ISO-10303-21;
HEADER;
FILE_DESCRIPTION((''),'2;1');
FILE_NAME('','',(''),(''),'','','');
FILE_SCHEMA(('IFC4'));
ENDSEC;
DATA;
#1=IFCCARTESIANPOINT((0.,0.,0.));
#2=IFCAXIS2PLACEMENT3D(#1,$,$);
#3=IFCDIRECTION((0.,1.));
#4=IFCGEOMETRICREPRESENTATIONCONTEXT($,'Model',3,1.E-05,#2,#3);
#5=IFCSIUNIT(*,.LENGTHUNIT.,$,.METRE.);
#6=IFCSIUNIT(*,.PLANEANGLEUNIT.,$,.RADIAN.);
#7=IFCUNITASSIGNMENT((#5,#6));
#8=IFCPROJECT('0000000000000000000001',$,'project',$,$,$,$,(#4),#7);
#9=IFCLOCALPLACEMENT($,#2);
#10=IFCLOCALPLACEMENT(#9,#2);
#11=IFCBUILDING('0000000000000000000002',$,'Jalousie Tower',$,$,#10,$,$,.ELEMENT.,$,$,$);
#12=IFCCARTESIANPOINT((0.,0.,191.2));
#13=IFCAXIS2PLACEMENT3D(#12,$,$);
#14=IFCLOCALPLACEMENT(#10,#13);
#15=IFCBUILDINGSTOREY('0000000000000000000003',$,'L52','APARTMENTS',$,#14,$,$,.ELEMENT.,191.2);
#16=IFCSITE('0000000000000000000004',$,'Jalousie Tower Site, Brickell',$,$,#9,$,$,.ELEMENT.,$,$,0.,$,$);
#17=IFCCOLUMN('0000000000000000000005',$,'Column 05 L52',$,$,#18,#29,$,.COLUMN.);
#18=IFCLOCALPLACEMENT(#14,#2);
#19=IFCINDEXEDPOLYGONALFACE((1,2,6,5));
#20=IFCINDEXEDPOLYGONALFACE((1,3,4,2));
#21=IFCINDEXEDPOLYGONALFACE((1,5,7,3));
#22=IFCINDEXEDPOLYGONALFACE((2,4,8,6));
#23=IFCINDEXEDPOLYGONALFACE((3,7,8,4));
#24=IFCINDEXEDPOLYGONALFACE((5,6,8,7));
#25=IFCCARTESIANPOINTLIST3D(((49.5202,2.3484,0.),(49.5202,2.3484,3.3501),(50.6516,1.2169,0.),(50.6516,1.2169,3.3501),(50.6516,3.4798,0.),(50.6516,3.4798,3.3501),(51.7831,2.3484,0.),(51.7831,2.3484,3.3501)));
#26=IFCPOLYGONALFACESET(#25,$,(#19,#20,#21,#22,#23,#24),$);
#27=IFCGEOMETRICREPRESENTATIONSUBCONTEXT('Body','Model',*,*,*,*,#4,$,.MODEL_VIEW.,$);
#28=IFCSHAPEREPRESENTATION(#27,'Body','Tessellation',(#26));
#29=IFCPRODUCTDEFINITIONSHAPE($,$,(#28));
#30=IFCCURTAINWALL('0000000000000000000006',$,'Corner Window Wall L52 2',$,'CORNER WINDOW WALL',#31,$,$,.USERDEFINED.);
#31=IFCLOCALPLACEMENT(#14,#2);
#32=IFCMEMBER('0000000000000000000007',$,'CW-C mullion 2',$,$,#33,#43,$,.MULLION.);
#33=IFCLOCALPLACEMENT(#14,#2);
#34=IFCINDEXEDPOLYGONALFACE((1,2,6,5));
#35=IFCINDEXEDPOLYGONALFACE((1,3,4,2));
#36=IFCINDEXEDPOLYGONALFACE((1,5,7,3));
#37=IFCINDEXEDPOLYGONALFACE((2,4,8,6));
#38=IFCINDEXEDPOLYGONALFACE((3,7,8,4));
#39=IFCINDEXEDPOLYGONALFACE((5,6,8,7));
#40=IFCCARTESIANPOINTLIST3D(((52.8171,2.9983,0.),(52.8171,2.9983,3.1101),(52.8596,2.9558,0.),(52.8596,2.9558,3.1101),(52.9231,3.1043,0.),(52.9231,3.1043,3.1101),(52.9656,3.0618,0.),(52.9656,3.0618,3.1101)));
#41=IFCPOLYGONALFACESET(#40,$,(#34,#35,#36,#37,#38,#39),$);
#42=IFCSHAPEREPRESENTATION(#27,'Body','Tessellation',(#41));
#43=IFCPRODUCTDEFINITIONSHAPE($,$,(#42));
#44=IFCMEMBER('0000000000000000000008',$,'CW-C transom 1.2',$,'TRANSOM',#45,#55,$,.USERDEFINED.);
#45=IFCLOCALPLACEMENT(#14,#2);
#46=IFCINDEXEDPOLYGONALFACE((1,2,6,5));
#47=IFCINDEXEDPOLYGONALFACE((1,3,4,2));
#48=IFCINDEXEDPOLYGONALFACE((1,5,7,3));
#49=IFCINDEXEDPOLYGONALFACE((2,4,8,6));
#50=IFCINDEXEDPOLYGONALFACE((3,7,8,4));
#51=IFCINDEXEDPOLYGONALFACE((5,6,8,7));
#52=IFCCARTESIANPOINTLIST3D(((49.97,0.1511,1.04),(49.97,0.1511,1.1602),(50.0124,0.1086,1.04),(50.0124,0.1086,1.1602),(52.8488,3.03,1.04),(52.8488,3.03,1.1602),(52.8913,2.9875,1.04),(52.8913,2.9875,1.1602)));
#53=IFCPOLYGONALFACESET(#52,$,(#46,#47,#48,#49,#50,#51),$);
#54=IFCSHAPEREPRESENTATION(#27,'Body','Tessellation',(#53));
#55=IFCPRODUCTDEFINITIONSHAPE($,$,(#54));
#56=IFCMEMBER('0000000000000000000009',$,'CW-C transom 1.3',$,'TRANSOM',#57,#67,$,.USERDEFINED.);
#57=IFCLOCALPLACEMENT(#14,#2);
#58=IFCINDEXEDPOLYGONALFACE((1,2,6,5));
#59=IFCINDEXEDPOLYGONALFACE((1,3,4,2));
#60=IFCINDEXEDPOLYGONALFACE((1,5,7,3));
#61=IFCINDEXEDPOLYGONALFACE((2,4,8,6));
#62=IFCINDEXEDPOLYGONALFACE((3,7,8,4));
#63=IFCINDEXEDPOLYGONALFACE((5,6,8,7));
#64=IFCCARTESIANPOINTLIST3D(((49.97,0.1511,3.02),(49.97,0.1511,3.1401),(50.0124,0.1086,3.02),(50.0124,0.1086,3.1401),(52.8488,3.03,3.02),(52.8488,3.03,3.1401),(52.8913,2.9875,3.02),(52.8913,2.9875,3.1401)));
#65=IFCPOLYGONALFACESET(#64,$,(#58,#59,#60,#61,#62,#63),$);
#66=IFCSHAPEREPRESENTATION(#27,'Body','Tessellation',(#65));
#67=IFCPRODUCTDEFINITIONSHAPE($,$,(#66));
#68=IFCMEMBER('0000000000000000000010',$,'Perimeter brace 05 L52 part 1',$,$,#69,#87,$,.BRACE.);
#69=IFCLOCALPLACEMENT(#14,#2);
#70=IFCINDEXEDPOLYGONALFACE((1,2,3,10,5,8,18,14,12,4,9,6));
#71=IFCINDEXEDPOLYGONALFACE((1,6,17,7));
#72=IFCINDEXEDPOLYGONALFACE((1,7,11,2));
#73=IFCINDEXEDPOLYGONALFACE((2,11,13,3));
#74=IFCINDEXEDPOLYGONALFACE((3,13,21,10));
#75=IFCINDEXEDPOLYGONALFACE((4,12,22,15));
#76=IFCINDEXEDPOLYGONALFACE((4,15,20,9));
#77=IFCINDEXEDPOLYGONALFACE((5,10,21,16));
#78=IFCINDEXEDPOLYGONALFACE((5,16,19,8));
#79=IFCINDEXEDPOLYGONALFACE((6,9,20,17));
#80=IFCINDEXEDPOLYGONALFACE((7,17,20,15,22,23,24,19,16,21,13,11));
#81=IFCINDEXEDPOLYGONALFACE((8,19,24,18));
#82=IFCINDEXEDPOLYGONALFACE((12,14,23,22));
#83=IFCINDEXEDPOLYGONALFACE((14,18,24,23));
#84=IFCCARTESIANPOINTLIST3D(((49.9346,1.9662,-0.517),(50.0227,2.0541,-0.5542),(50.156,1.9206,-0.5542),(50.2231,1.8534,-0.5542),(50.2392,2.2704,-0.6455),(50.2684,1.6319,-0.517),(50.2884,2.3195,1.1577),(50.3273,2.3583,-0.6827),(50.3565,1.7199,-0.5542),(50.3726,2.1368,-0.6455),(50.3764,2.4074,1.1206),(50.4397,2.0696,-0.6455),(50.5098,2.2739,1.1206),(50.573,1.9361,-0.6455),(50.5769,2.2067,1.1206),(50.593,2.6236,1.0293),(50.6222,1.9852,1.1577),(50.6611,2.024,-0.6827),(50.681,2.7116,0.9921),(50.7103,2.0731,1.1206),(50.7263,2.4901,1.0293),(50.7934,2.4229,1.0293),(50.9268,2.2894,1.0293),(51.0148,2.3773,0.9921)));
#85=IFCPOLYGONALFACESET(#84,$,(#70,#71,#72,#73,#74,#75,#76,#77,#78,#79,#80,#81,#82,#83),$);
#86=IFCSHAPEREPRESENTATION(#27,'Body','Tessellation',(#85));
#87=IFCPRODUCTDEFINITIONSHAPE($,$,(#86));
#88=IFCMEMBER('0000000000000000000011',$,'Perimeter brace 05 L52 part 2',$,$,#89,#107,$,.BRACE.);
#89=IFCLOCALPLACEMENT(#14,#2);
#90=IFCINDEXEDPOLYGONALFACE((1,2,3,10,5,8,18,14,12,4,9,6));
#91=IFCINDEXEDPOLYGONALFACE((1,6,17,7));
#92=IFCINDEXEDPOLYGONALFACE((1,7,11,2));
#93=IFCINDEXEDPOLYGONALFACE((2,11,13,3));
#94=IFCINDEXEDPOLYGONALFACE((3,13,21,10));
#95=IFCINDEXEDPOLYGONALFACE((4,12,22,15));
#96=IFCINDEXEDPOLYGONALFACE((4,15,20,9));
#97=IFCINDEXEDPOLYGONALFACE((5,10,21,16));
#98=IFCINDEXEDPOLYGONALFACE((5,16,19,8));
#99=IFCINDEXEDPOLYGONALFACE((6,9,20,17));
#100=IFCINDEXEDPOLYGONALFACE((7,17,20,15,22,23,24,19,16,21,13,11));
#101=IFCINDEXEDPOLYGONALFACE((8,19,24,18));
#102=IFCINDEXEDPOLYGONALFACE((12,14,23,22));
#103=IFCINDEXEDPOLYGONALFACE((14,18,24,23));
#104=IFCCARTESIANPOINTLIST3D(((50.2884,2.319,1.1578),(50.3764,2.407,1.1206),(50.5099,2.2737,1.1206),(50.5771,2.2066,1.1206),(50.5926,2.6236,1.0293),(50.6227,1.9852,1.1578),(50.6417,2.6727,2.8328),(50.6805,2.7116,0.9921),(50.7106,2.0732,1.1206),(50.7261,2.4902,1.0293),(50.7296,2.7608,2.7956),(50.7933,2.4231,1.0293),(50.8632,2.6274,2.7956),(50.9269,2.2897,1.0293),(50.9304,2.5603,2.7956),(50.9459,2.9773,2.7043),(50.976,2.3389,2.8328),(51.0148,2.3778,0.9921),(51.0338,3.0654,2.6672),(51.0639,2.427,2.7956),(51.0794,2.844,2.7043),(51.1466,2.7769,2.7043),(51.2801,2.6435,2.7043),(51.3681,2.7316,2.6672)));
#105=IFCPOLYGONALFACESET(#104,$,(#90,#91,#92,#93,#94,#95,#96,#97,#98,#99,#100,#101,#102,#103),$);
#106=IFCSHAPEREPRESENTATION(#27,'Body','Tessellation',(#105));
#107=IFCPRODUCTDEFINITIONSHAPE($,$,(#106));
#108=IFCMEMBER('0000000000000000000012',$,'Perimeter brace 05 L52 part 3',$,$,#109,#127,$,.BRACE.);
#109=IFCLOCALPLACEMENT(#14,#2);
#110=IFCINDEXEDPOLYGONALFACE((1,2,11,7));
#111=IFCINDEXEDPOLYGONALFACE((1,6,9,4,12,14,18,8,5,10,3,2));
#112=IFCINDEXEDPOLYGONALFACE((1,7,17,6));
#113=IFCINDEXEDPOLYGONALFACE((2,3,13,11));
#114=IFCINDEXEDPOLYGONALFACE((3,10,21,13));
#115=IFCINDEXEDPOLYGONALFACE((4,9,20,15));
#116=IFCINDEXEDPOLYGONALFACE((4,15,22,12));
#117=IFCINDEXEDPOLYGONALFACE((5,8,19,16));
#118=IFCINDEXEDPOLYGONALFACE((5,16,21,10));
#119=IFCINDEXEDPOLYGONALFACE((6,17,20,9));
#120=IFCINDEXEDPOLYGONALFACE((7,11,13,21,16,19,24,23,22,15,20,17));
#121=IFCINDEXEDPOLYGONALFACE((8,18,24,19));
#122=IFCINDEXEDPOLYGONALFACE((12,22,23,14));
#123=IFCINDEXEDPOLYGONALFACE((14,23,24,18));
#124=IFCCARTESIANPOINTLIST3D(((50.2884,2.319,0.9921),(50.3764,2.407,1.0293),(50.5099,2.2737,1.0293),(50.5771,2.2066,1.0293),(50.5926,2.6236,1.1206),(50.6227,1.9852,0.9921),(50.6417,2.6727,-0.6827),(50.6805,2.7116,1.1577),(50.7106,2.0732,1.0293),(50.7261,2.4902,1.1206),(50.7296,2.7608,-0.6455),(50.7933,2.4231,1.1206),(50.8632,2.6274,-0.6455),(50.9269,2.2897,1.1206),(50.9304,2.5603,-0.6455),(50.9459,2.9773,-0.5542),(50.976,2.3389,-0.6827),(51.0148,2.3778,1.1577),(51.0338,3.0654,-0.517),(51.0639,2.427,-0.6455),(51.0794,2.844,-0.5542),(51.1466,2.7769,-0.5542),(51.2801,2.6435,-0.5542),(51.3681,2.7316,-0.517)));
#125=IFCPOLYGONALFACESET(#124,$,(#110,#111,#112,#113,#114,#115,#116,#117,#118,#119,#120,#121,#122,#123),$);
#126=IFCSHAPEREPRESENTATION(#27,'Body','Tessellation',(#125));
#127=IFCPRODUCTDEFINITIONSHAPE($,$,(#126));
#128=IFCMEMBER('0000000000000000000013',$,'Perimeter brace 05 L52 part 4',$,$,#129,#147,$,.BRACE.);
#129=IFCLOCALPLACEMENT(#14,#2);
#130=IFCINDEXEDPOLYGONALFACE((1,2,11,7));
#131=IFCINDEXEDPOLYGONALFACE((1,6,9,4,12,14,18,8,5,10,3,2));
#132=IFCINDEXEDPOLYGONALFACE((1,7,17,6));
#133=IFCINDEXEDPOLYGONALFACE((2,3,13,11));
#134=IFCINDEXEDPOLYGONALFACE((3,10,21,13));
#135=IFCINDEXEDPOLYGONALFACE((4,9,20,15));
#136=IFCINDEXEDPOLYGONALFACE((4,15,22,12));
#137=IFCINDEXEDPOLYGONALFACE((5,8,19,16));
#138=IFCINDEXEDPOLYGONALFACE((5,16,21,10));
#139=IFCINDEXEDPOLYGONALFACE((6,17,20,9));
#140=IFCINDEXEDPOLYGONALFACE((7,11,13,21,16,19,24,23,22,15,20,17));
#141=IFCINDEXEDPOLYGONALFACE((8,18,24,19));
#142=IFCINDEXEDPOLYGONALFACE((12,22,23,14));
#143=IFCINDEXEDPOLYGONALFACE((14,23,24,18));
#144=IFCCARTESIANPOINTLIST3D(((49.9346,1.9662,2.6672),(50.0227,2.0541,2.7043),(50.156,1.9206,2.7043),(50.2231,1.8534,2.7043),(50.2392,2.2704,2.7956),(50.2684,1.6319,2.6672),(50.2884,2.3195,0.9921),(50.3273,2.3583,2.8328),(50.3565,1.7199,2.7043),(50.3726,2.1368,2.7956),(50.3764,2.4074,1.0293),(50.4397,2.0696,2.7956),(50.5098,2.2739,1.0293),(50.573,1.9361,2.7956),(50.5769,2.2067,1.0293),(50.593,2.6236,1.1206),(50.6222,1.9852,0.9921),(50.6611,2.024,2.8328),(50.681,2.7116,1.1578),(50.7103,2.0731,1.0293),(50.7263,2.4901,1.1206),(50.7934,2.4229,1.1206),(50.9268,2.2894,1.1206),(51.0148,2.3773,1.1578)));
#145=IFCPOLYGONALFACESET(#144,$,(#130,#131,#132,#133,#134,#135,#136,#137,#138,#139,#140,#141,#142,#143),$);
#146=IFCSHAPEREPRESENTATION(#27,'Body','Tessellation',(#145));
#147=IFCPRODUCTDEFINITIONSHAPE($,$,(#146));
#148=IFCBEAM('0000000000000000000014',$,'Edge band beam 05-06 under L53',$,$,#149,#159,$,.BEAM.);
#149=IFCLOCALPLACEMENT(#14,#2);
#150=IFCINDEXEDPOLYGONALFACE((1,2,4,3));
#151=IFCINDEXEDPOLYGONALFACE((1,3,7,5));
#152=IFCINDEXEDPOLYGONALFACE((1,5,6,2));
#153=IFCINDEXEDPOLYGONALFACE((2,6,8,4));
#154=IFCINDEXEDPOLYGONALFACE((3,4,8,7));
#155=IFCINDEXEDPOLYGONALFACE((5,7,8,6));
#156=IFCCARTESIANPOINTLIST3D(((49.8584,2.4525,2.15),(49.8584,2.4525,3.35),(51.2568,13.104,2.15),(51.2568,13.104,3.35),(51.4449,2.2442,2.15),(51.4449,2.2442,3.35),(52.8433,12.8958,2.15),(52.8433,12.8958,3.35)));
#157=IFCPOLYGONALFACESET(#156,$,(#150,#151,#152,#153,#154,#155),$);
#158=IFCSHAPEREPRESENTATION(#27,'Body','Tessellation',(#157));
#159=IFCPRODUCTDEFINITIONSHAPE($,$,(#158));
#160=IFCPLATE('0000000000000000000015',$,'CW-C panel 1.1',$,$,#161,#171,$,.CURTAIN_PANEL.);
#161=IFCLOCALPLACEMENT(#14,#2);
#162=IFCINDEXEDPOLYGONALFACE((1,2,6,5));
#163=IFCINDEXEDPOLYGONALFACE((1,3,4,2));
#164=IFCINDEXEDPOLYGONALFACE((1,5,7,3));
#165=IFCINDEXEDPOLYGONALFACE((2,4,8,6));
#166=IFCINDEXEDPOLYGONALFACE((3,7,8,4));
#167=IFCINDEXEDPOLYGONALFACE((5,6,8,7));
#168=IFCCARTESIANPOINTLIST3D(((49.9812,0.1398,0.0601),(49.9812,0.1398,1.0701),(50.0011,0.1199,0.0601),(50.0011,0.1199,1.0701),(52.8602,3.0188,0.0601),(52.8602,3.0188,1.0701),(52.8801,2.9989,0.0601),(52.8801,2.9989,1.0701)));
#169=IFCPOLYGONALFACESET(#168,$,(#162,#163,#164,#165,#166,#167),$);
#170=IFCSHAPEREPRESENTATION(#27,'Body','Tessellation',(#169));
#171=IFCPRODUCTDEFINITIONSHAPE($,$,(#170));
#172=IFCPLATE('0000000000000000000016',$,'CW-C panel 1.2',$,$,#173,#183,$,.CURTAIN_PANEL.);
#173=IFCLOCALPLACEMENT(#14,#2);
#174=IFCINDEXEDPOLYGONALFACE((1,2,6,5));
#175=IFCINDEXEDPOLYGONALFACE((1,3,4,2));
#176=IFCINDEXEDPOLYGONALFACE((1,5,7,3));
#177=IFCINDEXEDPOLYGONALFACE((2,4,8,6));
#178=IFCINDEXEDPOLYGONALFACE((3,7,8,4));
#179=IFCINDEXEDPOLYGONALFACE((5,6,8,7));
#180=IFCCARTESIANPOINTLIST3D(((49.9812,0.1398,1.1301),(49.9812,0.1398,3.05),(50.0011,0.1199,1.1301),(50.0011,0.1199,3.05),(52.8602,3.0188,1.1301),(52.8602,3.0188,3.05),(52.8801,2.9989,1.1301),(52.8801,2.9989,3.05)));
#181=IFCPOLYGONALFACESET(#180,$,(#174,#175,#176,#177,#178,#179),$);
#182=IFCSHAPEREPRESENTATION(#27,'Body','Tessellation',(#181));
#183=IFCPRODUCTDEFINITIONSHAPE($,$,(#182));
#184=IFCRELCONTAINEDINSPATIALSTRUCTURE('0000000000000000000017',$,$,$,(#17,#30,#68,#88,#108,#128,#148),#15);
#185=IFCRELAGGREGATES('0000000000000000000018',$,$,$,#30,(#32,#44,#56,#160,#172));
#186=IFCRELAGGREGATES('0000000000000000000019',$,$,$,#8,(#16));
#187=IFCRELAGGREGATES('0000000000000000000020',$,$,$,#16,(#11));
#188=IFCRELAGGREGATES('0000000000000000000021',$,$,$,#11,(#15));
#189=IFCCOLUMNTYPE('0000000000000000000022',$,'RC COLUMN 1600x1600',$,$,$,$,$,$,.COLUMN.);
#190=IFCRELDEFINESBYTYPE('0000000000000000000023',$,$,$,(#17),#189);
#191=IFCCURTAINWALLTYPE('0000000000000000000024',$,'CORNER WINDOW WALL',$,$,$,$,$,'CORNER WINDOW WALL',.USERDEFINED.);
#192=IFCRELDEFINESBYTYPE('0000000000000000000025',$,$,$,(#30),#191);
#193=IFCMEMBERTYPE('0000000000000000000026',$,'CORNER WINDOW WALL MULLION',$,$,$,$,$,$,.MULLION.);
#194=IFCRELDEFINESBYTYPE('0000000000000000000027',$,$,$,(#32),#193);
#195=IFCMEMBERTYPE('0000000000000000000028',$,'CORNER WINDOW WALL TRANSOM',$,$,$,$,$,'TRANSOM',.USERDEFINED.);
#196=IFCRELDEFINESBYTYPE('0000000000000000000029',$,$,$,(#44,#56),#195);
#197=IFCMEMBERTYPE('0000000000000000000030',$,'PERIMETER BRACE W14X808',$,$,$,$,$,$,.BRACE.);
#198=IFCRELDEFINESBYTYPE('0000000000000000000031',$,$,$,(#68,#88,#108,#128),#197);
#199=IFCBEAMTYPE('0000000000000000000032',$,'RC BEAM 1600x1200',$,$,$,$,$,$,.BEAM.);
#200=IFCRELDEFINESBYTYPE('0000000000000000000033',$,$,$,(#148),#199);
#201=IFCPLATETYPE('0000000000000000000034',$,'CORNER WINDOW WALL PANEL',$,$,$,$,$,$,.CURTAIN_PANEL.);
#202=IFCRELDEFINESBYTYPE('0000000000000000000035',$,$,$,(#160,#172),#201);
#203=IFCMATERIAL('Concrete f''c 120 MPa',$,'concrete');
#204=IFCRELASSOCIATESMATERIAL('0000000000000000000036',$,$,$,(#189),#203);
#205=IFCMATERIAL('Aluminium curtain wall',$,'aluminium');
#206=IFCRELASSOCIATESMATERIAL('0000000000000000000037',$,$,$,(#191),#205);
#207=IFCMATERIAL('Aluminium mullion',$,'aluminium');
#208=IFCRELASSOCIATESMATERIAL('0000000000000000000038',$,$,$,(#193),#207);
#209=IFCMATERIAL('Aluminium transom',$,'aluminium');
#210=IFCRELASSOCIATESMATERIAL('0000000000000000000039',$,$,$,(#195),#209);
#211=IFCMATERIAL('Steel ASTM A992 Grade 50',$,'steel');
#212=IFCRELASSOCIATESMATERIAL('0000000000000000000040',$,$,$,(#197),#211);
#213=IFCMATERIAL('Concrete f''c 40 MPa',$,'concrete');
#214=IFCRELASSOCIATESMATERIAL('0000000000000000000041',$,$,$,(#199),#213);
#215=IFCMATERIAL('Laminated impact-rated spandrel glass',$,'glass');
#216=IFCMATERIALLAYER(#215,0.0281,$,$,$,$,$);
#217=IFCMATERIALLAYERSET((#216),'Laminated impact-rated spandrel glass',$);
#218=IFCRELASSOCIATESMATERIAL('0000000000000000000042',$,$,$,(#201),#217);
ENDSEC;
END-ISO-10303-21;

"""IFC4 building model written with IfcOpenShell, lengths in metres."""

from ifc_helpers import new_model, si_unit, direction, frame, origin, origin_2d, place, context, subcontext, project, spatial, rectangle, i_section, extrude, material, layer, layer_set, material_profile, profile_set, type_object, element, aggregate, save


model = new_model("IFC4")

# Units and contexts
model_context = context("Model", 3, precision=1e-05, world=origin(), true_north=direction((0.0, 1.0)))
body_context = subcontext(model_context, "Body", "Model", "MODEL_VIEW")
ifc_project = project(units=[si_unit("LENGTHUNIT", "METRE"), si_unit("PLANEANGLEUNIT", "RADIAN")], contexts=[model_context])

# Site, building, storey
site_placement = place(None, origin())
site = spatial("IfcSite", under=ifc_project, at=site_placement, Name="Jalousie Tower Site, Brickell", CompositionType="ELEMENT", RefElevation=0.0)
building_placement = place(site_placement, origin())
building = spatial("IfcBuilding", under=site, at=building_placement, Name="Jalousie Tower", CompositionType="ELEMENT")
storey_placement = place(building_placement, frame((0.0, 0.0, 191.2)))
storey = spatial("IfcBuildingStorey", under=building, at=storey_placement, Name="L52", Description="APARTMENTS", CompositionType="ELEMENT", Elevation=191.2)

# Column
ifc_material_1 = material(Name="Concrete f'c 120 MPa", Category="concrete")
ifc_material_profile_1 = material_profile(ifc_material_1, rectangle(XDim=1.6001, YDim=1.6001, at=origin_2d()), Name="RC 1600x1600")
ifc_profile_set_1 = profile_set([ifc_material_profile_1], Name="Concrete f'c 120 MPa")
column_type = type_object("IfcColumnType", Name="RC COLUMN 1600x1600", PredefinedType="COLUMN", material=ifc_profile_set_1)
column_placement = place(storey_placement, frame((50.6516, 2.3484, 0.0), z_axis=(0.0, 0.0, 1.0), x_axis=(0.707107, 0.707107, 0.0)))
element("IfcColumn", 1, at=column_placement, inside=storey, type_object=column_type, Name="Column 05 L52", PredefinedType="COLUMN", context=body_context, shape_type="SweptSolid", body=[
    extrude(rectangle(XDim=1.6001, YDim=1.6001, at=origin_2d()), origin(), (0.0, 0.0, 1.0), 3.3501),
])

# Curtain wall, members
ifc_material_2 = material(Name="Aluminium curtain wall", Category="aluminium")
curtain_wall_type = type_object("IfcCurtainWallType", Name="CORNER WINDOW WALL", ElementType="CORNER WINDOW WALL", PredefinedType="USERDEFINED", material=ifc_material_2)
curtain_wall_placement = place(storey_placement, origin())
curtain_wall = element("IfcCurtainWall", 2, at=curtain_wall_placement, inside=storey, type_object=curtain_wall_type, Name="Corner Window Wall L52 2", ObjectType="CORNER WINDOW WALL", PredefinedType="USERDEFINED")
ifc_material_3 = material(Name="Aluminium mullion", Category="aluminium")
ifc_material_profile_2 = material_profile(ifc_material_3, rectangle(XDim=0.0601, YDim=0.1499, at=origin_2d()), Name="MULLION 60x150")
ifc_profile_set_2 = profile_set([ifc_material_profile_2], Name="Aluminium mullion")
member_type_1 = type_object("IfcMemberType", Name="CORNER WINDOW WALL MULLION", PredefinedType="MULLION", material=ifc_profile_set_2)
member_1_placement = place(storey_placement, frame((52.8914, 3.03, 0.0), z_axis=(0.0, 0.0, 1.0), x_axis=(-0.707107, 0.707107, 0.0)))
member_1 = element("IfcMember", 3, at=member_1_placement, type_object=member_type_1, Name="CW-C mullion 2", PredefinedType="MULLION", context=body_context, shape_type="SweptSolid", body=[
    extrude(rectangle(XDim=0.0601, YDim=0.1499, at=origin_2d()), origin(), (0.0, 0.0, 1.0), 3.1101),
])
ifc_material_4 = material(Name="Aluminium transom", Category="aluminium")
ifc_material_profile_3 = material_profile(ifc_material_4, rectangle(XDim=0.0601, YDim=0.1201, at=origin_2d()), Name="TRANSOM 60x120")
ifc_profile_set_3 = profile_set([ifc_material_profile_3], Name="Aluminium transom")
member_type_2 = type_object("IfcMemberType", Name="CORNER WINDOW WALL TRANSOM", ElementType="TRANSOM", PredefinedType="USERDEFINED", material=ifc_profile_set_3)
member_2_placement = place(storey_placement, frame((49.9912, 0.1299, 1.1001), z_axis=(0.707107, 0.707107, 0.0), x_axis=(-0.707107, 0.707107, 0.0)))
member_2 = element("IfcMember", 4, at=member_2_placement, type_object=member_type_2, Name="CW-C transom 1.2", ObjectType="TRANSOM", PredefinedType="USERDEFINED", context=body_context, shape_type="SweptSolid", body=[
    extrude(rectangle(XDim=0.0601, YDim=0.1201, at=origin_2d()), origin(), (0.0, 0.0, 1.0), 4.0713),
])
member_3_placement = place(storey_placement, frame((49.9912, 0.1299, 3.0801), z_axis=(0.707107, 0.707107, 0.0), x_axis=(-0.707107, 0.707107, 0.0)))
member_3 = element("IfcMember", 5, at=member_3_placement, type_object=member_type_2, Name="CW-C transom 1.3", ObjectType="TRANSOM", PredefinedType="USERDEFINED", context=body_context, shape_type="SweptSolid", body=[
    extrude(rectangle(XDim=0.0601, YDim=0.1201, at=origin_2d()), origin(), (0.0, 0.0, 1.0), 4.0713),
])

# Members
ifc_material_5 = material(Name="Steel ASTM A992 Grade 50", Category="steel")
ifc_material_profile_4 = material_profile(ifc_material_5, i_section(OverallWidth=0.4724, OverallDepth=0.5791, WebThickness=0.095, FlangeThickness=0.1299, at=origin_2d()), Name="W14X808")
ifc_profile_set_4 = profile_set([ifc_material_profile_4], Name="Steel ASTM A992 Grade 50")
member_type_3 = type_object("IfcMemberType", Name="PERIMETER BRACE W14X808", PredefinedType="BRACE", material=ifc_profile_set_4)
member_4_placement = place(storey_placement, frame((50.2979, 1.9951, -0.5999), z_axis=(0.202399, 0.20212, 0.958218), x_axis=(-0.706618, 0.707595, 0.0)))
element("IfcMember", 6, at=member_4_placement, inside=storey, type_object=member_type_3, Name="Perimeter brace 05 L52 part 1", PredefinedType="BRACE", context=body_context, shape_type="SweptSolid", body=[
    extrude(i_section(OverallWidth=0.4724, OverallDepth=0.5791, WebThickness=0.095, FlangeThickness=0.1299, at=origin_2d()), origin(), (0.0, 0.0, 1.0), 1.7478),
])
member_5_placement = place(storey_placement, frame((50.6516, 2.3484, 1.075), z_axis=(0.202093, 0.202372, 0.95823), x_axis=(-0.707595, 0.706618, 0.0)))
element("IfcMember", 7, at=member_5_placement, inside=storey, type_object=member_type_3, Name="Perimeter brace 05 L52 part 2", PredefinedType="BRACE", context=body_context, shape_type="SweptSolid", body=[
    extrude(i_section(OverallWidth=0.4724, OverallDepth=0.5791, WebThickness=0.095, FlangeThickness=0.1299, at=origin_2d()), origin(), (0.0, 0.0, 1.0), 1.748),
])
member_6_placement = place(storey_placement, frame((51.0049, 2.7021, -0.5999), z_axis=(-0.20212, -0.202399, 0.958218), x_axis=(0.707595, -0.706618, 0.0)))
element("IfcMember", 8, at=member_6_placement, inside=storey, type_object=member_type_3, Name="Perimeter brace 05 L52 part 3", PredefinedType="BRACE", context=body_context, shape_type="SweptSolid", body=[
    extrude(i_section(OverallWidth=0.4724, OverallDepth=0.5791, WebThickness=0.095, FlangeThickness=0.1299, at=origin_2d()), origin(), (0.0, 0.0, 1.0), 1.7478),
])
member_7_placement = place(storey_placement, frame((50.6516, 2.3484, 1.075), z_axis=(-0.202372, -0.202093, 0.95823), x_axis=(0.706618, -0.707595, 0.0)))
element("IfcMember", 9, at=member_7_placement, inside=storey, type_object=member_type_3, Name="Perimeter brace 05 L52 part 4", PredefinedType="BRACE", context=body_context, shape_type="SweptSolid", body=[
    extrude(i_section(OverallWidth=0.4724, OverallDepth=0.5791, WebThickness=0.095, FlangeThickness=0.1299, at=origin_2d()), origin(), (0.0, 0.0, 1.0), 1.748),
])

# Beam
ifc_material_6 = material(Name="Concrete f'c 40 MPa", Category="concrete")
ifc_material_profile_5 = material_profile(ifc_material_6, rectangle(XDim=1.6001, YDim=1.2, at=origin_2d()), Name="RC 1600x1200")
ifc_profile_set_5 = profile_set([ifc_material_profile_5], Name="Concrete f'c 40 MPa")
beam_type = type_object("IfcBeamType", Name="RC BEAM 1600x1200", PredefinedType="BEAM", material=ifc_profile_set_5)
beam_placement = place(storey_placement, frame((50.6516, 2.3484, 2.75), z_axis=(0.130172, 0.991491, 0.0), x_axis=(-0.991491, 0.130172, 0.0)))
element("IfcBeam", 10, at=beam_placement, inside=storey, type_object=beam_type, Name="Edge band beam 05-06 under L53", PredefinedType="BEAM", context=body_context, shape_type="SweptSolid", body=[
    extrude(rectangle(XDim=1.6001, YDim=1.2, at=origin_2d()), origin(), (0.0, 0.0, 1.0), 10.7429),
])

# Plates
ifc_material_7 = material(Name="Laminated impact-rated spandrel glass", Category="glass")
ifc_layer = layer(ifc_material_7, 0.0281)
ifc_layer_set = layer_set([ifc_layer], Name="Laminated impact-rated spandrel glass")
plate_type = type_object("IfcPlateType", Name="CORNER WINDOW WALL PANEL", PredefinedType="CURTAIN_PANEL", material=ifc_layer_set)
plate_1_placement = place(storey_placement, frame((51.4307, 1.5693, 0.0601), z_axis=(0.0, 0.0, 1.0), x_axis=(0.707107, 0.707107, 0.0)))
plate_1 = element("IfcPlate", 11, at=plate_1_placement, type_object=plate_type, Name="CW-C panel 1.1", PredefinedType="CURTAIN_PANEL", context=body_context, shape_type="SweptSolid", body=[
    extrude(rectangle(XDim=4.0715, YDim=0.0281, at=origin_2d()), origin(), (0.0, 0.0, 1.0), 1.01),
])
plate_2_placement = place(storey_placement, frame((51.4307, 1.5693, 1.1301), z_axis=(0.0, 0.0, 1.0), x_axis=(0.707107, 0.707107, 0.0)))
plate_2 = element("IfcPlate", 12, at=plate_2_placement, type_object=plate_type, Name="CW-C panel 1.2", PredefinedType="CURTAIN_PANEL", context=body_context, shape_type="SweptSolid", body=[
    extrude(rectangle(XDim=4.0715, YDim=0.0281, at=origin_2d()), origin(), (0.0, 0.0, 1.0), 1.9199),
])
aggregate(curtain_wall, [member_1, member_2, member_3, plate_1, plate_2])

save(model, "model.ifc")
